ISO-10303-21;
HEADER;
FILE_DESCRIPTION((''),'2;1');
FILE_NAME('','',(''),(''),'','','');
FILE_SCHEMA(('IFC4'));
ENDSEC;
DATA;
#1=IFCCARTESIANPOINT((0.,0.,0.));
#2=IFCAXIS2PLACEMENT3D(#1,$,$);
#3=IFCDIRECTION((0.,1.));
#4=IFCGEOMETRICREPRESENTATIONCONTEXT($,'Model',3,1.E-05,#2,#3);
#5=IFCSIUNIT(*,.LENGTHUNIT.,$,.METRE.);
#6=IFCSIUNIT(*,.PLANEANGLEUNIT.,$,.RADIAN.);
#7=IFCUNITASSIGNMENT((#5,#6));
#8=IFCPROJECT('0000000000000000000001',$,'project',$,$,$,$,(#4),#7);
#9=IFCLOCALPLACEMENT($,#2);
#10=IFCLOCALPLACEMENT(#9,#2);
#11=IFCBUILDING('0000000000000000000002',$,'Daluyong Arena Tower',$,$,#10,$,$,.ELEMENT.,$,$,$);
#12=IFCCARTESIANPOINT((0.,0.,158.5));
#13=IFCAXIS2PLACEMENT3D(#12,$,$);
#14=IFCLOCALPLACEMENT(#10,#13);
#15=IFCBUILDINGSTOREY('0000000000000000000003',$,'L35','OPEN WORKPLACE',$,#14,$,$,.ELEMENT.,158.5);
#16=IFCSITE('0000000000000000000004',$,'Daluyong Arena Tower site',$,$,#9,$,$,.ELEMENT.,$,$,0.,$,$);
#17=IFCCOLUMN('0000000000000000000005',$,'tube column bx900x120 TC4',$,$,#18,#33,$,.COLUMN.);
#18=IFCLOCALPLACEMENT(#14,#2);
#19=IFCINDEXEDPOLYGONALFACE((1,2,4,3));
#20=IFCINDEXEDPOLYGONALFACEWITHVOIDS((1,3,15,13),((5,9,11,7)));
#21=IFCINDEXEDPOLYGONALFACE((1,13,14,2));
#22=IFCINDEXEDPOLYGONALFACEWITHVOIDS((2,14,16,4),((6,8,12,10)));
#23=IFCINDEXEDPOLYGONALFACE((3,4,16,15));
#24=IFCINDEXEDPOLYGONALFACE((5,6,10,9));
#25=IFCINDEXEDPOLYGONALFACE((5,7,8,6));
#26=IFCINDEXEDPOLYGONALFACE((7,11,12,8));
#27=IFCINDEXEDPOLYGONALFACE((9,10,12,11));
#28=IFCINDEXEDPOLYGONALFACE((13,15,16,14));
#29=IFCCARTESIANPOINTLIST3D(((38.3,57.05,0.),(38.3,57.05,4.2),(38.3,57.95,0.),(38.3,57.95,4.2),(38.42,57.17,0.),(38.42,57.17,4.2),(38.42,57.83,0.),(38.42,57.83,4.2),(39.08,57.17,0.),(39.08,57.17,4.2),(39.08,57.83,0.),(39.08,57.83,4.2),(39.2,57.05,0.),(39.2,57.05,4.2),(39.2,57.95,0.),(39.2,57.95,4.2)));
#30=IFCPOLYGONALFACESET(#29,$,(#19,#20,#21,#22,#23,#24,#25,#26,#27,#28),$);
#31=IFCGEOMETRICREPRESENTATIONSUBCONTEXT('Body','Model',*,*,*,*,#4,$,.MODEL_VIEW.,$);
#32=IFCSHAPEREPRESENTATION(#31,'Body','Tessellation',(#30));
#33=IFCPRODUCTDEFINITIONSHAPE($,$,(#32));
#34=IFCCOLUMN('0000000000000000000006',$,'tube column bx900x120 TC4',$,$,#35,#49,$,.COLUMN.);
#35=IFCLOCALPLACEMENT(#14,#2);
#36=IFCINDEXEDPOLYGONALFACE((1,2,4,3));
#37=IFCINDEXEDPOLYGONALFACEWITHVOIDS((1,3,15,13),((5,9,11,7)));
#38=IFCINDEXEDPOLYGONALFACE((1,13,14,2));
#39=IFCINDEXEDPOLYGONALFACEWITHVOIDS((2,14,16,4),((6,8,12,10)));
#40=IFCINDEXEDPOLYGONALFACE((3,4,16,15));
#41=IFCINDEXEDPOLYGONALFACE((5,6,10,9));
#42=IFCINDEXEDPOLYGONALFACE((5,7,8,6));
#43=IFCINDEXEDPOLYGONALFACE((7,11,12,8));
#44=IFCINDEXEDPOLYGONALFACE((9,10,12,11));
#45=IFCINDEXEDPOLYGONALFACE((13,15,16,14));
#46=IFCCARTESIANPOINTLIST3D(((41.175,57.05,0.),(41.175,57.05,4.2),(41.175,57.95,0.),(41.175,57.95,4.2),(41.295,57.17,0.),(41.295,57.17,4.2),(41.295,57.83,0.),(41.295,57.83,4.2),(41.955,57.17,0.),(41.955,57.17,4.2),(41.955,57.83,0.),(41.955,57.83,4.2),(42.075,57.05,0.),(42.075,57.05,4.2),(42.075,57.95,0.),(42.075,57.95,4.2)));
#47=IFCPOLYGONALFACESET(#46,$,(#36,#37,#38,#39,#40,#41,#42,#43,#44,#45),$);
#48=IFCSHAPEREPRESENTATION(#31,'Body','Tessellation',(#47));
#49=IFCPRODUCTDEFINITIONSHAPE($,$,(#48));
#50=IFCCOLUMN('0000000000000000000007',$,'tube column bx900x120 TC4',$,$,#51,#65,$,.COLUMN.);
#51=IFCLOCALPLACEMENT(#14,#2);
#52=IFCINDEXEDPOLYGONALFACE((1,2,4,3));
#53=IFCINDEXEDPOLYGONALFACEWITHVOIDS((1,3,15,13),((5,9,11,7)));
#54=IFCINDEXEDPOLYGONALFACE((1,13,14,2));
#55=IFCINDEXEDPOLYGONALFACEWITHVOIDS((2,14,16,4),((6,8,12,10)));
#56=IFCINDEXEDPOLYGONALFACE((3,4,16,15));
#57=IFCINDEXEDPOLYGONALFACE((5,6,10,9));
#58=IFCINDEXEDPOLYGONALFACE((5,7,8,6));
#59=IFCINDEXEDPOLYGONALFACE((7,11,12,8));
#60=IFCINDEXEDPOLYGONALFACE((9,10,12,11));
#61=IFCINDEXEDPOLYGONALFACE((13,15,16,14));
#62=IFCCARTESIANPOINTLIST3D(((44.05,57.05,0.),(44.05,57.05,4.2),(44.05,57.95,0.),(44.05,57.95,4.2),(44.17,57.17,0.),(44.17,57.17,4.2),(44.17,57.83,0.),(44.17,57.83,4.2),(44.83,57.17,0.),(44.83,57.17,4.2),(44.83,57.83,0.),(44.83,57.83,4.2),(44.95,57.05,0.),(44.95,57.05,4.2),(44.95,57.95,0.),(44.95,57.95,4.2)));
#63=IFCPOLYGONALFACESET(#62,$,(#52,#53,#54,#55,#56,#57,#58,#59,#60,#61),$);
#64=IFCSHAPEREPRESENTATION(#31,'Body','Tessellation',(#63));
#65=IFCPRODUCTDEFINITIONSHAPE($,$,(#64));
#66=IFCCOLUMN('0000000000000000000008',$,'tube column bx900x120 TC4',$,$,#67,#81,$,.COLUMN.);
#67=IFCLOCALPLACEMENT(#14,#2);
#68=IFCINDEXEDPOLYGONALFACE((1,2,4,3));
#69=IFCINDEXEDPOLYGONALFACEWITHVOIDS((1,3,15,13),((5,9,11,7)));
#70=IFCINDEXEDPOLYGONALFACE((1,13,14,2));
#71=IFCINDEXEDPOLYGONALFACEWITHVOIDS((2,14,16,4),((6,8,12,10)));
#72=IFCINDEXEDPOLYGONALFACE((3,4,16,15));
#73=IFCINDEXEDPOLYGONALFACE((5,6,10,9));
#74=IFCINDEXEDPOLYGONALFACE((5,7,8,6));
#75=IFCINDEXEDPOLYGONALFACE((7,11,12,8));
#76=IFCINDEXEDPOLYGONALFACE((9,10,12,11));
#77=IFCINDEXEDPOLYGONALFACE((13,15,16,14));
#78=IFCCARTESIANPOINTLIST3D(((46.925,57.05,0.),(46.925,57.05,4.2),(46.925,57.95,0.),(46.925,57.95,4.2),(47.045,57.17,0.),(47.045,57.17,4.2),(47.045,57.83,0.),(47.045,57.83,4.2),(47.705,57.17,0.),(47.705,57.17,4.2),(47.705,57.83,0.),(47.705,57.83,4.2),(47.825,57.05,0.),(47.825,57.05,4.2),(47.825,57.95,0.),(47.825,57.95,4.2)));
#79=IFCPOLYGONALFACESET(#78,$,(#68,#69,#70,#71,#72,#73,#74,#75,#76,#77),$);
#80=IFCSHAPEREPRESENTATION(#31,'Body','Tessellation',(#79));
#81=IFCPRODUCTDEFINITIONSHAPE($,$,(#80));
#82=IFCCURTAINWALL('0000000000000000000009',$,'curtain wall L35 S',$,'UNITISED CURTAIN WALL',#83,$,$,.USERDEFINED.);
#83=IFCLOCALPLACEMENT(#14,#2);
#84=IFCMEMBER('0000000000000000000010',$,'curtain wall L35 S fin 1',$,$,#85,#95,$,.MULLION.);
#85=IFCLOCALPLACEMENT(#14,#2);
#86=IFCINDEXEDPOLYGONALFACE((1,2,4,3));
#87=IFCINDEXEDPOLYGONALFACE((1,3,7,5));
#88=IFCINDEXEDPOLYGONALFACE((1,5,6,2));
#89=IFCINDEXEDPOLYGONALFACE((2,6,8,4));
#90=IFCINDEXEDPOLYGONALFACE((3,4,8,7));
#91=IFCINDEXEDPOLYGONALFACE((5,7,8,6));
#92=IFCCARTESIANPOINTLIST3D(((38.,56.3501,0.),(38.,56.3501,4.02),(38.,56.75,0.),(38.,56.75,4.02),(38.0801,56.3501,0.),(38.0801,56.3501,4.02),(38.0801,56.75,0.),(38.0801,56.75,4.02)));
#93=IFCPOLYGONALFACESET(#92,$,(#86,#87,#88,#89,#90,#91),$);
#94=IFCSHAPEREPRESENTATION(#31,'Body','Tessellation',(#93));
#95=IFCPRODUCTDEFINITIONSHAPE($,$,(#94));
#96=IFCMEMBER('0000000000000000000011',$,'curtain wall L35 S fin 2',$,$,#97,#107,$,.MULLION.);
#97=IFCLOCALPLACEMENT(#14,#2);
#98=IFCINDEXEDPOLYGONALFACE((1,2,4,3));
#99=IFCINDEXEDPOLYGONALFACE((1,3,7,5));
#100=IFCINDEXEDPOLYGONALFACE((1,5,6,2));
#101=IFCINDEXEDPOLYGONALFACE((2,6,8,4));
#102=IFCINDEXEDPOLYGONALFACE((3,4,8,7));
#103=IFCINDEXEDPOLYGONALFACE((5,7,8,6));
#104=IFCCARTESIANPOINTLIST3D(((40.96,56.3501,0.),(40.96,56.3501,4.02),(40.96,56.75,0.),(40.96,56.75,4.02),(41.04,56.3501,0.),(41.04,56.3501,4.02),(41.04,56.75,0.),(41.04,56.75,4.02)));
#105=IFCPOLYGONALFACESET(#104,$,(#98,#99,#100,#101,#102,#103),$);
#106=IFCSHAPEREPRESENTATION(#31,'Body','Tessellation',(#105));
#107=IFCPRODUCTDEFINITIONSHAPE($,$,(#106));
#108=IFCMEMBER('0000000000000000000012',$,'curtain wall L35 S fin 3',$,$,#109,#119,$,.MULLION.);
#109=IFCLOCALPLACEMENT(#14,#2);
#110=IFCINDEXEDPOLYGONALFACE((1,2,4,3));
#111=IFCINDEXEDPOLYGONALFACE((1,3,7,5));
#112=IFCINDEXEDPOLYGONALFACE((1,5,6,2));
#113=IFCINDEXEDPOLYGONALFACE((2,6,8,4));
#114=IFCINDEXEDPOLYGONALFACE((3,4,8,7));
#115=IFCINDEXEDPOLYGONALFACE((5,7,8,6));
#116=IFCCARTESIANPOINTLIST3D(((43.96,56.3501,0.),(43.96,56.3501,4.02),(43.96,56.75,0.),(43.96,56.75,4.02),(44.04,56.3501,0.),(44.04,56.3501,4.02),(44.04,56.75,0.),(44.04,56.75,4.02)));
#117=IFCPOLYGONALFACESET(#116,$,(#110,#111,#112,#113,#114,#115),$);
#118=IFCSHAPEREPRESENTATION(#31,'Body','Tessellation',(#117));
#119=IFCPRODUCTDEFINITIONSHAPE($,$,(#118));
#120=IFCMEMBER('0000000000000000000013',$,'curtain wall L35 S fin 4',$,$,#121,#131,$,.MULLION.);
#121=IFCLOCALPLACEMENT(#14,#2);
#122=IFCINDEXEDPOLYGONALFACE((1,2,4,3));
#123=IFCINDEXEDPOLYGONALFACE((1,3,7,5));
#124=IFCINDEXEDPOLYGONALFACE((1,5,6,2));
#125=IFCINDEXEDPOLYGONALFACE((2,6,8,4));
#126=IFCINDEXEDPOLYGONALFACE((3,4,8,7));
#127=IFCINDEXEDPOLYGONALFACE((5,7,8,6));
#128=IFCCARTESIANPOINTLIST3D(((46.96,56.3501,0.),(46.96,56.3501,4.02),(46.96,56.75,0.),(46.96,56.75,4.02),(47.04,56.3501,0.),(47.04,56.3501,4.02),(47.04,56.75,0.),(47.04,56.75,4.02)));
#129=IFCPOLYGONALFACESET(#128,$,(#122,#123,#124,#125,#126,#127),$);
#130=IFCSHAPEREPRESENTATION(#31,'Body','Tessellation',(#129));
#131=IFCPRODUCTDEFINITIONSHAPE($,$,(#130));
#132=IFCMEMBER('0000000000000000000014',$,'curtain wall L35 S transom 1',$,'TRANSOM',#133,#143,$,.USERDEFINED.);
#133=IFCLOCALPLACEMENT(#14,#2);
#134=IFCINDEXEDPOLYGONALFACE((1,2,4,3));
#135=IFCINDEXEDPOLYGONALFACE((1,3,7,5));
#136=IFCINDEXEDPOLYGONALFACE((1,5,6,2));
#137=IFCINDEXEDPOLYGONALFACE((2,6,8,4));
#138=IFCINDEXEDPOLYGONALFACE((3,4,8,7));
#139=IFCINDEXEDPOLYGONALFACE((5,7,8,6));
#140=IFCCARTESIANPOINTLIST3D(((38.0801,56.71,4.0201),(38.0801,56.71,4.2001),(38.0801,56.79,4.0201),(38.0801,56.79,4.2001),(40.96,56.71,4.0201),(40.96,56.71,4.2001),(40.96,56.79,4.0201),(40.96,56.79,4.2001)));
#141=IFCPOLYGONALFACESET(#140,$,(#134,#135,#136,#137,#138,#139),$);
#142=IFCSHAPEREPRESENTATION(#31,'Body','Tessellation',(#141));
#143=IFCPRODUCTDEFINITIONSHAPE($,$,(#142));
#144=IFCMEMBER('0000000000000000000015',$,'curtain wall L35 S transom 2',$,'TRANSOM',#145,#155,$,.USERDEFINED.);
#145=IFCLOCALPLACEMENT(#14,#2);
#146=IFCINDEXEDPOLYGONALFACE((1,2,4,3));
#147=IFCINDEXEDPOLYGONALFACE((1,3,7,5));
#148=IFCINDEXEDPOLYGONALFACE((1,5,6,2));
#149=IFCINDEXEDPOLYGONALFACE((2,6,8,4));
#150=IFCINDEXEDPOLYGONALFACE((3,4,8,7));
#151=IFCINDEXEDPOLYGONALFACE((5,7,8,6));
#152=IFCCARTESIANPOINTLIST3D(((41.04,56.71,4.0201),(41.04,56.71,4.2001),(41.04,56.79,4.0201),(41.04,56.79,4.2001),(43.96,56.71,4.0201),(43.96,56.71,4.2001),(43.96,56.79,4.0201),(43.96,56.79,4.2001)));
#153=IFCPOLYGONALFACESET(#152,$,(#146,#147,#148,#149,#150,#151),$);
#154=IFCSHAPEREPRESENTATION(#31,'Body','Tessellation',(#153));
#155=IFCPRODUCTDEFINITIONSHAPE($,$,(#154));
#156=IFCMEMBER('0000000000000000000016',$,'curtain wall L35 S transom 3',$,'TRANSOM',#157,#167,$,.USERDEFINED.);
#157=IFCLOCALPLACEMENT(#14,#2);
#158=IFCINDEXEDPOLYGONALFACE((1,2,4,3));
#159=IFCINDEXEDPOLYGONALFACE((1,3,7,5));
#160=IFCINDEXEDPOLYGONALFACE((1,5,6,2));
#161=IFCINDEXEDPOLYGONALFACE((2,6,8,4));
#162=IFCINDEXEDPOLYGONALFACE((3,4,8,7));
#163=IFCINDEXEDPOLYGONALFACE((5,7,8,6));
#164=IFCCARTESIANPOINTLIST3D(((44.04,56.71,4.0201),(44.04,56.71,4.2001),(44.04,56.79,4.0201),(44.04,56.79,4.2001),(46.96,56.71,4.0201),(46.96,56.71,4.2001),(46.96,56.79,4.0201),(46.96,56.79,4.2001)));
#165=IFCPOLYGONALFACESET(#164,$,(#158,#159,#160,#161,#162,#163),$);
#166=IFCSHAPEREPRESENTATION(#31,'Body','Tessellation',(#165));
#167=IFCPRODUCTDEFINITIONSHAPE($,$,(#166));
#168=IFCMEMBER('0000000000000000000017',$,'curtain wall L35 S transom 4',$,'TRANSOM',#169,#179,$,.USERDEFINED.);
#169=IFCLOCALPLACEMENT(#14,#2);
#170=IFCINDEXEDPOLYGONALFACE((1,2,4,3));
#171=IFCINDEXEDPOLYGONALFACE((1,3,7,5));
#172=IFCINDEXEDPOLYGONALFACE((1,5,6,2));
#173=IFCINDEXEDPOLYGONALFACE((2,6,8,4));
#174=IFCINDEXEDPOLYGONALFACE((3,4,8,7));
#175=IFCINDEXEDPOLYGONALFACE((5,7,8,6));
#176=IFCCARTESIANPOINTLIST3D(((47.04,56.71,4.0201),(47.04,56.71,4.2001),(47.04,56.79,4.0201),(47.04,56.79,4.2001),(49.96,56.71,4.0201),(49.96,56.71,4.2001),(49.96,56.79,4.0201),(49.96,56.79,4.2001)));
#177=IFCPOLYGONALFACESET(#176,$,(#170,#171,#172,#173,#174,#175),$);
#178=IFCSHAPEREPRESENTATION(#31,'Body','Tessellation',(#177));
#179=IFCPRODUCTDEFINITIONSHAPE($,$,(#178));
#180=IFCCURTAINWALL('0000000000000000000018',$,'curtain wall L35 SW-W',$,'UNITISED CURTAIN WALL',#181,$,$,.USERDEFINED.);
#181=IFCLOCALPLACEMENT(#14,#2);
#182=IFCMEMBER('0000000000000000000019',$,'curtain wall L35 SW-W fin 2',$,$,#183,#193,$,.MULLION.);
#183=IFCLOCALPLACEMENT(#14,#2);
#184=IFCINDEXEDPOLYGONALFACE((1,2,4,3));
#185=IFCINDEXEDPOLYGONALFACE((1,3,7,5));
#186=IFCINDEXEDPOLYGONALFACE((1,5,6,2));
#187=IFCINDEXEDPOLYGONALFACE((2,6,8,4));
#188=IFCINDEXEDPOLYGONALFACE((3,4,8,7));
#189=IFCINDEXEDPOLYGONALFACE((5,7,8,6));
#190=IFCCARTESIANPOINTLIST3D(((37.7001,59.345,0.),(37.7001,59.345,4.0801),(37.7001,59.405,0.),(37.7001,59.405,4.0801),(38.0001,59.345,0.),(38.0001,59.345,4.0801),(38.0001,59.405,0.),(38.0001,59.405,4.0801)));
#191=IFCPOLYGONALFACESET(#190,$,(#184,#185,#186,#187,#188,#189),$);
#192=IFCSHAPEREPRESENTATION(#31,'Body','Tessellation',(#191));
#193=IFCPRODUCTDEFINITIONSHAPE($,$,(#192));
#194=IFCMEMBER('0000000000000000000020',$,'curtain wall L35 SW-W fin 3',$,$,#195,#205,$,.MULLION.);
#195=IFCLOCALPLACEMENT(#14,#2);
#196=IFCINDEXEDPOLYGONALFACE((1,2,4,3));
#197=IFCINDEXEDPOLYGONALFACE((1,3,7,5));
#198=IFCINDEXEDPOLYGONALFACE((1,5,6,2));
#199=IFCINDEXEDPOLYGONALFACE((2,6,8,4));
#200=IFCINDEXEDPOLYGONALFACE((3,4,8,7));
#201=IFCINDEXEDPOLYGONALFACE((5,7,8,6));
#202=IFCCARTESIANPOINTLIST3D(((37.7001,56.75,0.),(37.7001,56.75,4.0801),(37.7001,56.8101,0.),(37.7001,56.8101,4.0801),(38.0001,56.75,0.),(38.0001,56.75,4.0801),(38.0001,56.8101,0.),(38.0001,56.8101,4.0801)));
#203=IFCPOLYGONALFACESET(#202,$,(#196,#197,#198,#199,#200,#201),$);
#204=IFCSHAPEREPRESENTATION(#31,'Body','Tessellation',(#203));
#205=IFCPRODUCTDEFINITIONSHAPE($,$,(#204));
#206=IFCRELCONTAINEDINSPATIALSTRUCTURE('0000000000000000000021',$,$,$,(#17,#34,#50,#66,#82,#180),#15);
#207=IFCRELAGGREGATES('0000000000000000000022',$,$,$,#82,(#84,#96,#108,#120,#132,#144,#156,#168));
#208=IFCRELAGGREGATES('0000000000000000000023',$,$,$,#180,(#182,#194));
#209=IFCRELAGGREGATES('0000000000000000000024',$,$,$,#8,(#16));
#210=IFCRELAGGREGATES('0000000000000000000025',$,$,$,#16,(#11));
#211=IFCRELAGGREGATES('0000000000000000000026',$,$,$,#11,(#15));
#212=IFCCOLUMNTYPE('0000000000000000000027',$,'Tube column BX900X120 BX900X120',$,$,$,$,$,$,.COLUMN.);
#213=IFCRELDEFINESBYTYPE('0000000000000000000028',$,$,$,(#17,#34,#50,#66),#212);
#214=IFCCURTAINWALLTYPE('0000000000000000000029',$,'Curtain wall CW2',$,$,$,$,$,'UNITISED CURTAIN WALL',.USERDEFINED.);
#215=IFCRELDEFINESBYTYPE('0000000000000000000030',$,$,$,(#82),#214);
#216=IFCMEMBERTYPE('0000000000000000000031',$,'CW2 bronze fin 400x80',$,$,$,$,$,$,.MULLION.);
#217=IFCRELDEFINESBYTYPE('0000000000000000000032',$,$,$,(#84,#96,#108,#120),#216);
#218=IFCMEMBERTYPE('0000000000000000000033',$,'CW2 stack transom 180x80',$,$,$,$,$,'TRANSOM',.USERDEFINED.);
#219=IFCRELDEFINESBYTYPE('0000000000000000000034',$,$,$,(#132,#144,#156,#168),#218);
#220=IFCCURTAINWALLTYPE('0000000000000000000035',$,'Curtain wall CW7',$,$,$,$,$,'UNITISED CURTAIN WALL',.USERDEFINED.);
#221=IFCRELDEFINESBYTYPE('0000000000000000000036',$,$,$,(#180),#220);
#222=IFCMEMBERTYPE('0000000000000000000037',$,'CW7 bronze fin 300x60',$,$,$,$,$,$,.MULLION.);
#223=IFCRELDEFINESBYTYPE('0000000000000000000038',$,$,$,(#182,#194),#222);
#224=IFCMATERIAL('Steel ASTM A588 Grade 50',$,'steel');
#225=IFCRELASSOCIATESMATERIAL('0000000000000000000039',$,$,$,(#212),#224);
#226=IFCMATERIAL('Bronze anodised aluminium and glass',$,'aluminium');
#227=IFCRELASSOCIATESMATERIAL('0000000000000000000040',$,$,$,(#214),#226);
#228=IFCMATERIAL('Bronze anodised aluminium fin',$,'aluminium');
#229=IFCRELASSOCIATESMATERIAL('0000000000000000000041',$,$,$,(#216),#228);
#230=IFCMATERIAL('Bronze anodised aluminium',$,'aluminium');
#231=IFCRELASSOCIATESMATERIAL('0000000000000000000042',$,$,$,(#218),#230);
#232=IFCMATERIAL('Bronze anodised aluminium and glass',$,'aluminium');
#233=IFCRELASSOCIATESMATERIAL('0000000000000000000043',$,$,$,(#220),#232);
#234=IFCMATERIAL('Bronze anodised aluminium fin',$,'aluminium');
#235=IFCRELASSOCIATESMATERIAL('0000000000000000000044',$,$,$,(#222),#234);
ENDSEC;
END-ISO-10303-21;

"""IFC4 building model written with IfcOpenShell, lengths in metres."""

from ifc_helpers import new_model, si_unit, direction, frame, origin, origin_2d, place, context, subcontext, project, spatial, rectangle, hollow_rectangle, extrude, material, material_profile, profile_set, type_object, element, aggregate, save


model = new_model("IFC4")

# Units and contexts
model_context = context("Model", 3, precision=1e-05, world=origin(), true_north=direction((0.0, 1.0)))
body_context = subcontext(model_context, "Body", "Model", "MODEL_VIEW")
ifc_project = project(units=[si_unit("LENGTHUNIT", "METRE"), si_unit("PLANEANGLEUNIT", "RADIAN")], contexts=[model_context])

# Site, building, storey
site_placement = place(None, origin())
site = spatial("IfcSite", under=ifc_project, at=site_placement, Name="Daluyong Arena Tower site", CompositionType="ELEMENT", RefElevation=0.0)
building_placement = place(site_placement, origin())
building = spatial("IfcBuilding", under=site, at=building_placement, Name="Daluyong Arena Tower", CompositionType="ELEMENT")
storey_placement = place(building_placement, frame((0.0, 0.0, 158.5)))
storey = spatial("IfcBuildingStorey", under=building, at=storey_placement, Name="L35", Description="OPEN WORKPLACE", CompositionType="ELEMENT", Elevation=158.5)

# Columns
ifc_material_1 = material(Name="Steel ASTM A588 Grade 50", Category="steel")
ifc_material_profile_1 = material_profile(ifc_material_1, hollow_rectangle(XDim=0.8999, YDim=0.8999, WallThickness=0.12, at=origin_2d()))
ifc_profile_set_1 = profile_set([ifc_material_profile_1], Name="Steel ASTM A588 Grade 50")
column_type = type_object("IfcColumnType", Name="Tube column BX900X120 BX900X120", PredefinedType="COLUMN", material=ifc_profile_set_1)
for number, where, z_axis, x_axis, name in (
    (1, (38.75, 57.5, 0.0), (0.0, 0.0, 1.0), (1.0, 0.0, 0.0), "tube column bx900x120 TC4"),
    (2, (41.625, 57.5, 0.0), (0.0, 0.0, 1.0), (1.0, 0.0, 0.0), "tube column bx900x120 TC4"),
    (3, (44.5, 57.5, 0.0), (0.0, 0.0, 1.0), (1.0, 0.0, 0.0), "tube column bx900x120 TC4"),
    (4, (47.375, 57.5, 0.0), (0.0, 0.0, 1.0), (1.0, 0.0, 0.0), "tube column bx900x120 TC4"),
):
    element("IfcColumn", number, at=place(storey_placement, frame(where, z_axis=z_axis, x_axis=x_axis)), inside=storey, type_object=column_type, Name=name, PredefinedType="COLUMN", context=body_context, shape_type="SweptSolid", body=[
        extrude(hollow_rectangle(XDim=0.8999, YDim=0.8999, WallThickness=0.12, at=origin_2d()), origin(), (0.0, 0.0, 1.0), 4.2),
    ])

# Curtain walls, members
ifc_material_2 = material(Name="Bronze anodised aluminium and glass", Category="aluminium")
curtain_wall_type_1 = type_object("IfcCurtainWallType", Name="Curtain wall CW2", ElementType="UNITISED CURTAIN WALL", PredefinedType="USERDEFINED", material=ifc_material_2)
curtain_wall_1_placement = place(storey_placement, origin())
curtain_wall_1 = element("IfcCurtainWall", 5, at=curtain_wall_1_placement, inside=storey, type_object=curtain_wall_type_1, Name="curtain wall L35 S", ObjectType="UNITISED CURTAIN WALL", PredefinedType="USERDEFINED")
ifc_material_3 = material(Name="Bronze anodised aluminium fin", Category="aluminium")
ifc_material_profile_2 = material_profile(ifc_material_3, rectangle(XDim=0.3999, YDim=0.0801, at=origin_2d()))
ifc_profile_set_2 = profile_set([ifc_material_profile_2], Name="Bronze anodised aluminium fin")
member_type_1 = type_object("IfcMemberType", Name="CW2 bronze fin 400x80", PredefinedType="MULLION", material=ifc_profile_set_2)
member_1_placement = place(storey_placement, frame((38.04, 56.55, 0.0), z_axis=(0.0, 0.0, 1.0), x_axis=(0.0, 1.0, 0.0)))
member_1 = element("IfcMember", 6, at=member_1_placement, type_object=member_type_1, Name="curtain wall L35 S fin 1", PredefinedType="MULLION", context=body_context, shape_type="SweptSolid", body=[
    extrude(rectangle(XDim=0.3999, YDim=0.0801, at=origin_2d()), origin(), (0.0, 0.0, 1.0), 4.02),
])
member_2_placement = place(storey_placement, frame((41.0, 56.55, 0.0), z_axis=(0.0, 0.0, 1.0), x_axis=(0.0, 1.0, 0.0)))
member_2 = element("IfcMember", 7, at=member_2_placement, type_object=member_type_1, Name="curtain wall L35 S fin 2", PredefinedType="MULLION", context=body_context, shape_type="SweptSolid", body=[
    extrude(rectangle(XDim=0.3999, YDim=0.0801, at=origin_2d()), origin(), (0.0, 0.0, 1.0), 4.02),
])
member_3_placement = place(storey_placement, frame((44.0, 56.55, 0.0), z_axis=(0.0, 0.0, 1.0), x_axis=(0.0, 1.0, 0.0)))
member_3 = element("IfcMember", 8, at=member_3_placement, type_object=member_type_1, Name="curtain wall L35 S fin 3", PredefinedType="MULLION", context=body_context, shape_type="SweptSolid", body=[
    extrude(rectangle(XDim=0.3999, YDim=0.0801, at=origin_2d()), origin(), (0.0, 0.0, 1.0), 4.02),
])
member_4_placement = place(storey_placement, frame((47.0, 56.55, 0.0), z_axis=(0.0, 0.0, 1.0), x_axis=(0.0, 1.0, 0.0)))
member_4 = element("IfcMember", 9, at=member_4_placement, type_object=member_type_1, Name="curtain wall L35 S fin 4", PredefinedType="MULLION", context=body_context, shape_type="SweptSolid", body=[
    extrude(rectangle(XDim=0.3999, YDim=0.0801, at=origin_2d()), origin(), (0.0, 0.0, 1.0), 4.02),
])
ifc_material_4 = material(Name="Bronze anodised aluminium", Category="aluminium")
ifc_material_profile_3 = material_profile(ifc_material_4, rectangle(XDim=0.0801, YDim=0.1799, at=origin_2d()))
ifc_profile_set_3 = profile_set([ifc_material_profile_3], Name="Bronze anodised aluminium")
member_type_2 = type_object("IfcMemberType", Name="CW2 stack transom 180x80", ElementType="TRANSOM", PredefinedType="USERDEFINED", material=ifc_profile_set_3)
member_5_placement = place(storey_placement, frame((38.0801, 56.75, 4.1101), z_axis=(1.0, 0.0, 0.0), x_axis=(0.0, 1.0, 0.0)))
member_5 = element("IfcMember", 10, at=member_5_placement, type_object=member_type_2, Name="curtain wall L35 S transom 1", ObjectType="TRANSOM", PredefinedType="USERDEFINED", context=body_context, shape_type="SweptSolid", body=[
    extrude(rectangle(XDim=0.0801, YDim=0.1799, at=origin_2d()), origin(), (0.0, 0.0, 1.0), 2.8799),
])
member_6_placement = place(storey_placement, frame((41.04, 56.75, 4.1101), z_axis=(1.0, 0.0, 0.0), x_axis=(0.0, 1.0, 0.0)))
member_6 = element("IfcMember", 11, at=member_6_placement, type_object=member_type_2, Name="curtain wall L35 S transom 2", ObjectType="TRANSOM", PredefinedType="USERDEFINED", context=body_context, shape_type="SweptSolid", body=[
    extrude(rectangle(XDim=0.0801, YDim=0.1799, at=origin_2d()), origin(), (0.0, 0.0, 1.0), 2.9199),
])
member_7_placement = place(storey_placement, frame((44.04, 56.75, 4.1101), z_axis=(1.0, 0.0, 0.0), x_axis=(0.0, 1.0, 0.0)))
member_7 = element("IfcMember", 12, at=member_7_placement, type_object=member_type_2, Name="curtain wall L35 S transom 3", ObjectType="TRANSOM", PredefinedType="USERDEFINED", context=body_context, shape_type="SweptSolid", body=[
    extrude(rectangle(XDim=0.0801, YDim=0.1799, at=origin_2d()), origin(), (0.0, 0.0, 1.0), 2.9199),
])
member_8_placement = place(storey_placement, frame((47.04, 56.75, 4.1101), z_axis=(1.0, 0.0, 0.0), x_axis=(0.0, 1.0, 0.0)))
member_8 = element("IfcMember", 13, at=member_8_placement, type_object=member_type_2, Name="curtain wall L35 S transom 4", ObjectType="TRANSOM", PredefinedType="USERDEFINED", context=body_context, shape_type="SweptSolid", body=[
    extrude(rectangle(XDim=0.0801, YDim=0.1799, at=origin_2d()), origin(), (0.0, 0.0, 1.0), 2.9199),
])
ifc_material_5 = material(Name="Bronze anodised aluminium and glass", Category="aluminium")
curtain_wall_type_2 = type_object("IfcCurtainWallType", Name="Curtain wall CW7", ElementType="UNITISED CURTAIN WALL", PredefinedType="USERDEFINED", material=ifc_material_5)
curtain_wall_2_placement = place(storey_placement, origin())
curtain_wall_2 = element("IfcCurtainWall", 14, at=curtain_wall_2_placement, inside=storey, type_object=curtain_wall_type_2, Name="curtain wall L35 SW-W", ObjectType="UNITISED CURTAIN WALL", PredefinedType="USERDEFINED")
ifc_material_6 = material(Name="Bronze anodised aluminium fin", Category="aluminium")
ifc_material_profile_4 = material_profile(ifc_material_6, rectangle(XDim=0.3, YDim=0.0601, at=origin_2d()))
ifc_profile_set_4 = profile_set([ifc_material_profile_4], Name="Bronze anodised aluminium fin")
member_type_3 = type_object("IfcMemberType", Name="CW7 bronze fin 300x60", PredefinedType="MULLION", material=ifc_profile_set_4)
member_9_placement = place(storey_placement, frame((37.8501, 59.375, 0.0), z_axis=(0.0, 0.0, 1.0), x_axis=(1.0, 0.0, 0.0)))
member_9 = element("IfcMember", 15, at=member_9_placement, type_object=member_type_3, Name="curtain wall L35 SW-W fin 2", PredefinedType="MULLION", context=body_context, shape_type="SweptSolid", body=[
    extrude(rectangle(XDim=0.3, YDim=0.0601, at=origin_2d()), origin(), (0.0, 0.0, 1.0), 4.0801),
])
member_10_placement = place(storey_placement, frame((37.8501, 56.78, 0.0), z_axis=(0.0, 0.0, 1.0), x_axis=(1.0, 0.0, 0.0)))
member_10 = element("IfcMember", 16, at=member_10_placement, type_object=member_type_3, Name="curtain wall L35 SW-W fin 3", PredefinedType="MULLION", context=body_context, shape_type="SweptSolid", body=[
    extrude(rectangle(XDim=0.3, YDim=0.0601, at=origin_2d()), origin(), (0.0, 0.0, 1.0), 4.0801),
])

aggregate(curtain_wall_1, [member_1, member_2, member_3, member_4, member_5, member_6, member_7, member_8])
aggregate(curtain_wall_2, [member_9, member_10])

save(model, "model.ifc")
